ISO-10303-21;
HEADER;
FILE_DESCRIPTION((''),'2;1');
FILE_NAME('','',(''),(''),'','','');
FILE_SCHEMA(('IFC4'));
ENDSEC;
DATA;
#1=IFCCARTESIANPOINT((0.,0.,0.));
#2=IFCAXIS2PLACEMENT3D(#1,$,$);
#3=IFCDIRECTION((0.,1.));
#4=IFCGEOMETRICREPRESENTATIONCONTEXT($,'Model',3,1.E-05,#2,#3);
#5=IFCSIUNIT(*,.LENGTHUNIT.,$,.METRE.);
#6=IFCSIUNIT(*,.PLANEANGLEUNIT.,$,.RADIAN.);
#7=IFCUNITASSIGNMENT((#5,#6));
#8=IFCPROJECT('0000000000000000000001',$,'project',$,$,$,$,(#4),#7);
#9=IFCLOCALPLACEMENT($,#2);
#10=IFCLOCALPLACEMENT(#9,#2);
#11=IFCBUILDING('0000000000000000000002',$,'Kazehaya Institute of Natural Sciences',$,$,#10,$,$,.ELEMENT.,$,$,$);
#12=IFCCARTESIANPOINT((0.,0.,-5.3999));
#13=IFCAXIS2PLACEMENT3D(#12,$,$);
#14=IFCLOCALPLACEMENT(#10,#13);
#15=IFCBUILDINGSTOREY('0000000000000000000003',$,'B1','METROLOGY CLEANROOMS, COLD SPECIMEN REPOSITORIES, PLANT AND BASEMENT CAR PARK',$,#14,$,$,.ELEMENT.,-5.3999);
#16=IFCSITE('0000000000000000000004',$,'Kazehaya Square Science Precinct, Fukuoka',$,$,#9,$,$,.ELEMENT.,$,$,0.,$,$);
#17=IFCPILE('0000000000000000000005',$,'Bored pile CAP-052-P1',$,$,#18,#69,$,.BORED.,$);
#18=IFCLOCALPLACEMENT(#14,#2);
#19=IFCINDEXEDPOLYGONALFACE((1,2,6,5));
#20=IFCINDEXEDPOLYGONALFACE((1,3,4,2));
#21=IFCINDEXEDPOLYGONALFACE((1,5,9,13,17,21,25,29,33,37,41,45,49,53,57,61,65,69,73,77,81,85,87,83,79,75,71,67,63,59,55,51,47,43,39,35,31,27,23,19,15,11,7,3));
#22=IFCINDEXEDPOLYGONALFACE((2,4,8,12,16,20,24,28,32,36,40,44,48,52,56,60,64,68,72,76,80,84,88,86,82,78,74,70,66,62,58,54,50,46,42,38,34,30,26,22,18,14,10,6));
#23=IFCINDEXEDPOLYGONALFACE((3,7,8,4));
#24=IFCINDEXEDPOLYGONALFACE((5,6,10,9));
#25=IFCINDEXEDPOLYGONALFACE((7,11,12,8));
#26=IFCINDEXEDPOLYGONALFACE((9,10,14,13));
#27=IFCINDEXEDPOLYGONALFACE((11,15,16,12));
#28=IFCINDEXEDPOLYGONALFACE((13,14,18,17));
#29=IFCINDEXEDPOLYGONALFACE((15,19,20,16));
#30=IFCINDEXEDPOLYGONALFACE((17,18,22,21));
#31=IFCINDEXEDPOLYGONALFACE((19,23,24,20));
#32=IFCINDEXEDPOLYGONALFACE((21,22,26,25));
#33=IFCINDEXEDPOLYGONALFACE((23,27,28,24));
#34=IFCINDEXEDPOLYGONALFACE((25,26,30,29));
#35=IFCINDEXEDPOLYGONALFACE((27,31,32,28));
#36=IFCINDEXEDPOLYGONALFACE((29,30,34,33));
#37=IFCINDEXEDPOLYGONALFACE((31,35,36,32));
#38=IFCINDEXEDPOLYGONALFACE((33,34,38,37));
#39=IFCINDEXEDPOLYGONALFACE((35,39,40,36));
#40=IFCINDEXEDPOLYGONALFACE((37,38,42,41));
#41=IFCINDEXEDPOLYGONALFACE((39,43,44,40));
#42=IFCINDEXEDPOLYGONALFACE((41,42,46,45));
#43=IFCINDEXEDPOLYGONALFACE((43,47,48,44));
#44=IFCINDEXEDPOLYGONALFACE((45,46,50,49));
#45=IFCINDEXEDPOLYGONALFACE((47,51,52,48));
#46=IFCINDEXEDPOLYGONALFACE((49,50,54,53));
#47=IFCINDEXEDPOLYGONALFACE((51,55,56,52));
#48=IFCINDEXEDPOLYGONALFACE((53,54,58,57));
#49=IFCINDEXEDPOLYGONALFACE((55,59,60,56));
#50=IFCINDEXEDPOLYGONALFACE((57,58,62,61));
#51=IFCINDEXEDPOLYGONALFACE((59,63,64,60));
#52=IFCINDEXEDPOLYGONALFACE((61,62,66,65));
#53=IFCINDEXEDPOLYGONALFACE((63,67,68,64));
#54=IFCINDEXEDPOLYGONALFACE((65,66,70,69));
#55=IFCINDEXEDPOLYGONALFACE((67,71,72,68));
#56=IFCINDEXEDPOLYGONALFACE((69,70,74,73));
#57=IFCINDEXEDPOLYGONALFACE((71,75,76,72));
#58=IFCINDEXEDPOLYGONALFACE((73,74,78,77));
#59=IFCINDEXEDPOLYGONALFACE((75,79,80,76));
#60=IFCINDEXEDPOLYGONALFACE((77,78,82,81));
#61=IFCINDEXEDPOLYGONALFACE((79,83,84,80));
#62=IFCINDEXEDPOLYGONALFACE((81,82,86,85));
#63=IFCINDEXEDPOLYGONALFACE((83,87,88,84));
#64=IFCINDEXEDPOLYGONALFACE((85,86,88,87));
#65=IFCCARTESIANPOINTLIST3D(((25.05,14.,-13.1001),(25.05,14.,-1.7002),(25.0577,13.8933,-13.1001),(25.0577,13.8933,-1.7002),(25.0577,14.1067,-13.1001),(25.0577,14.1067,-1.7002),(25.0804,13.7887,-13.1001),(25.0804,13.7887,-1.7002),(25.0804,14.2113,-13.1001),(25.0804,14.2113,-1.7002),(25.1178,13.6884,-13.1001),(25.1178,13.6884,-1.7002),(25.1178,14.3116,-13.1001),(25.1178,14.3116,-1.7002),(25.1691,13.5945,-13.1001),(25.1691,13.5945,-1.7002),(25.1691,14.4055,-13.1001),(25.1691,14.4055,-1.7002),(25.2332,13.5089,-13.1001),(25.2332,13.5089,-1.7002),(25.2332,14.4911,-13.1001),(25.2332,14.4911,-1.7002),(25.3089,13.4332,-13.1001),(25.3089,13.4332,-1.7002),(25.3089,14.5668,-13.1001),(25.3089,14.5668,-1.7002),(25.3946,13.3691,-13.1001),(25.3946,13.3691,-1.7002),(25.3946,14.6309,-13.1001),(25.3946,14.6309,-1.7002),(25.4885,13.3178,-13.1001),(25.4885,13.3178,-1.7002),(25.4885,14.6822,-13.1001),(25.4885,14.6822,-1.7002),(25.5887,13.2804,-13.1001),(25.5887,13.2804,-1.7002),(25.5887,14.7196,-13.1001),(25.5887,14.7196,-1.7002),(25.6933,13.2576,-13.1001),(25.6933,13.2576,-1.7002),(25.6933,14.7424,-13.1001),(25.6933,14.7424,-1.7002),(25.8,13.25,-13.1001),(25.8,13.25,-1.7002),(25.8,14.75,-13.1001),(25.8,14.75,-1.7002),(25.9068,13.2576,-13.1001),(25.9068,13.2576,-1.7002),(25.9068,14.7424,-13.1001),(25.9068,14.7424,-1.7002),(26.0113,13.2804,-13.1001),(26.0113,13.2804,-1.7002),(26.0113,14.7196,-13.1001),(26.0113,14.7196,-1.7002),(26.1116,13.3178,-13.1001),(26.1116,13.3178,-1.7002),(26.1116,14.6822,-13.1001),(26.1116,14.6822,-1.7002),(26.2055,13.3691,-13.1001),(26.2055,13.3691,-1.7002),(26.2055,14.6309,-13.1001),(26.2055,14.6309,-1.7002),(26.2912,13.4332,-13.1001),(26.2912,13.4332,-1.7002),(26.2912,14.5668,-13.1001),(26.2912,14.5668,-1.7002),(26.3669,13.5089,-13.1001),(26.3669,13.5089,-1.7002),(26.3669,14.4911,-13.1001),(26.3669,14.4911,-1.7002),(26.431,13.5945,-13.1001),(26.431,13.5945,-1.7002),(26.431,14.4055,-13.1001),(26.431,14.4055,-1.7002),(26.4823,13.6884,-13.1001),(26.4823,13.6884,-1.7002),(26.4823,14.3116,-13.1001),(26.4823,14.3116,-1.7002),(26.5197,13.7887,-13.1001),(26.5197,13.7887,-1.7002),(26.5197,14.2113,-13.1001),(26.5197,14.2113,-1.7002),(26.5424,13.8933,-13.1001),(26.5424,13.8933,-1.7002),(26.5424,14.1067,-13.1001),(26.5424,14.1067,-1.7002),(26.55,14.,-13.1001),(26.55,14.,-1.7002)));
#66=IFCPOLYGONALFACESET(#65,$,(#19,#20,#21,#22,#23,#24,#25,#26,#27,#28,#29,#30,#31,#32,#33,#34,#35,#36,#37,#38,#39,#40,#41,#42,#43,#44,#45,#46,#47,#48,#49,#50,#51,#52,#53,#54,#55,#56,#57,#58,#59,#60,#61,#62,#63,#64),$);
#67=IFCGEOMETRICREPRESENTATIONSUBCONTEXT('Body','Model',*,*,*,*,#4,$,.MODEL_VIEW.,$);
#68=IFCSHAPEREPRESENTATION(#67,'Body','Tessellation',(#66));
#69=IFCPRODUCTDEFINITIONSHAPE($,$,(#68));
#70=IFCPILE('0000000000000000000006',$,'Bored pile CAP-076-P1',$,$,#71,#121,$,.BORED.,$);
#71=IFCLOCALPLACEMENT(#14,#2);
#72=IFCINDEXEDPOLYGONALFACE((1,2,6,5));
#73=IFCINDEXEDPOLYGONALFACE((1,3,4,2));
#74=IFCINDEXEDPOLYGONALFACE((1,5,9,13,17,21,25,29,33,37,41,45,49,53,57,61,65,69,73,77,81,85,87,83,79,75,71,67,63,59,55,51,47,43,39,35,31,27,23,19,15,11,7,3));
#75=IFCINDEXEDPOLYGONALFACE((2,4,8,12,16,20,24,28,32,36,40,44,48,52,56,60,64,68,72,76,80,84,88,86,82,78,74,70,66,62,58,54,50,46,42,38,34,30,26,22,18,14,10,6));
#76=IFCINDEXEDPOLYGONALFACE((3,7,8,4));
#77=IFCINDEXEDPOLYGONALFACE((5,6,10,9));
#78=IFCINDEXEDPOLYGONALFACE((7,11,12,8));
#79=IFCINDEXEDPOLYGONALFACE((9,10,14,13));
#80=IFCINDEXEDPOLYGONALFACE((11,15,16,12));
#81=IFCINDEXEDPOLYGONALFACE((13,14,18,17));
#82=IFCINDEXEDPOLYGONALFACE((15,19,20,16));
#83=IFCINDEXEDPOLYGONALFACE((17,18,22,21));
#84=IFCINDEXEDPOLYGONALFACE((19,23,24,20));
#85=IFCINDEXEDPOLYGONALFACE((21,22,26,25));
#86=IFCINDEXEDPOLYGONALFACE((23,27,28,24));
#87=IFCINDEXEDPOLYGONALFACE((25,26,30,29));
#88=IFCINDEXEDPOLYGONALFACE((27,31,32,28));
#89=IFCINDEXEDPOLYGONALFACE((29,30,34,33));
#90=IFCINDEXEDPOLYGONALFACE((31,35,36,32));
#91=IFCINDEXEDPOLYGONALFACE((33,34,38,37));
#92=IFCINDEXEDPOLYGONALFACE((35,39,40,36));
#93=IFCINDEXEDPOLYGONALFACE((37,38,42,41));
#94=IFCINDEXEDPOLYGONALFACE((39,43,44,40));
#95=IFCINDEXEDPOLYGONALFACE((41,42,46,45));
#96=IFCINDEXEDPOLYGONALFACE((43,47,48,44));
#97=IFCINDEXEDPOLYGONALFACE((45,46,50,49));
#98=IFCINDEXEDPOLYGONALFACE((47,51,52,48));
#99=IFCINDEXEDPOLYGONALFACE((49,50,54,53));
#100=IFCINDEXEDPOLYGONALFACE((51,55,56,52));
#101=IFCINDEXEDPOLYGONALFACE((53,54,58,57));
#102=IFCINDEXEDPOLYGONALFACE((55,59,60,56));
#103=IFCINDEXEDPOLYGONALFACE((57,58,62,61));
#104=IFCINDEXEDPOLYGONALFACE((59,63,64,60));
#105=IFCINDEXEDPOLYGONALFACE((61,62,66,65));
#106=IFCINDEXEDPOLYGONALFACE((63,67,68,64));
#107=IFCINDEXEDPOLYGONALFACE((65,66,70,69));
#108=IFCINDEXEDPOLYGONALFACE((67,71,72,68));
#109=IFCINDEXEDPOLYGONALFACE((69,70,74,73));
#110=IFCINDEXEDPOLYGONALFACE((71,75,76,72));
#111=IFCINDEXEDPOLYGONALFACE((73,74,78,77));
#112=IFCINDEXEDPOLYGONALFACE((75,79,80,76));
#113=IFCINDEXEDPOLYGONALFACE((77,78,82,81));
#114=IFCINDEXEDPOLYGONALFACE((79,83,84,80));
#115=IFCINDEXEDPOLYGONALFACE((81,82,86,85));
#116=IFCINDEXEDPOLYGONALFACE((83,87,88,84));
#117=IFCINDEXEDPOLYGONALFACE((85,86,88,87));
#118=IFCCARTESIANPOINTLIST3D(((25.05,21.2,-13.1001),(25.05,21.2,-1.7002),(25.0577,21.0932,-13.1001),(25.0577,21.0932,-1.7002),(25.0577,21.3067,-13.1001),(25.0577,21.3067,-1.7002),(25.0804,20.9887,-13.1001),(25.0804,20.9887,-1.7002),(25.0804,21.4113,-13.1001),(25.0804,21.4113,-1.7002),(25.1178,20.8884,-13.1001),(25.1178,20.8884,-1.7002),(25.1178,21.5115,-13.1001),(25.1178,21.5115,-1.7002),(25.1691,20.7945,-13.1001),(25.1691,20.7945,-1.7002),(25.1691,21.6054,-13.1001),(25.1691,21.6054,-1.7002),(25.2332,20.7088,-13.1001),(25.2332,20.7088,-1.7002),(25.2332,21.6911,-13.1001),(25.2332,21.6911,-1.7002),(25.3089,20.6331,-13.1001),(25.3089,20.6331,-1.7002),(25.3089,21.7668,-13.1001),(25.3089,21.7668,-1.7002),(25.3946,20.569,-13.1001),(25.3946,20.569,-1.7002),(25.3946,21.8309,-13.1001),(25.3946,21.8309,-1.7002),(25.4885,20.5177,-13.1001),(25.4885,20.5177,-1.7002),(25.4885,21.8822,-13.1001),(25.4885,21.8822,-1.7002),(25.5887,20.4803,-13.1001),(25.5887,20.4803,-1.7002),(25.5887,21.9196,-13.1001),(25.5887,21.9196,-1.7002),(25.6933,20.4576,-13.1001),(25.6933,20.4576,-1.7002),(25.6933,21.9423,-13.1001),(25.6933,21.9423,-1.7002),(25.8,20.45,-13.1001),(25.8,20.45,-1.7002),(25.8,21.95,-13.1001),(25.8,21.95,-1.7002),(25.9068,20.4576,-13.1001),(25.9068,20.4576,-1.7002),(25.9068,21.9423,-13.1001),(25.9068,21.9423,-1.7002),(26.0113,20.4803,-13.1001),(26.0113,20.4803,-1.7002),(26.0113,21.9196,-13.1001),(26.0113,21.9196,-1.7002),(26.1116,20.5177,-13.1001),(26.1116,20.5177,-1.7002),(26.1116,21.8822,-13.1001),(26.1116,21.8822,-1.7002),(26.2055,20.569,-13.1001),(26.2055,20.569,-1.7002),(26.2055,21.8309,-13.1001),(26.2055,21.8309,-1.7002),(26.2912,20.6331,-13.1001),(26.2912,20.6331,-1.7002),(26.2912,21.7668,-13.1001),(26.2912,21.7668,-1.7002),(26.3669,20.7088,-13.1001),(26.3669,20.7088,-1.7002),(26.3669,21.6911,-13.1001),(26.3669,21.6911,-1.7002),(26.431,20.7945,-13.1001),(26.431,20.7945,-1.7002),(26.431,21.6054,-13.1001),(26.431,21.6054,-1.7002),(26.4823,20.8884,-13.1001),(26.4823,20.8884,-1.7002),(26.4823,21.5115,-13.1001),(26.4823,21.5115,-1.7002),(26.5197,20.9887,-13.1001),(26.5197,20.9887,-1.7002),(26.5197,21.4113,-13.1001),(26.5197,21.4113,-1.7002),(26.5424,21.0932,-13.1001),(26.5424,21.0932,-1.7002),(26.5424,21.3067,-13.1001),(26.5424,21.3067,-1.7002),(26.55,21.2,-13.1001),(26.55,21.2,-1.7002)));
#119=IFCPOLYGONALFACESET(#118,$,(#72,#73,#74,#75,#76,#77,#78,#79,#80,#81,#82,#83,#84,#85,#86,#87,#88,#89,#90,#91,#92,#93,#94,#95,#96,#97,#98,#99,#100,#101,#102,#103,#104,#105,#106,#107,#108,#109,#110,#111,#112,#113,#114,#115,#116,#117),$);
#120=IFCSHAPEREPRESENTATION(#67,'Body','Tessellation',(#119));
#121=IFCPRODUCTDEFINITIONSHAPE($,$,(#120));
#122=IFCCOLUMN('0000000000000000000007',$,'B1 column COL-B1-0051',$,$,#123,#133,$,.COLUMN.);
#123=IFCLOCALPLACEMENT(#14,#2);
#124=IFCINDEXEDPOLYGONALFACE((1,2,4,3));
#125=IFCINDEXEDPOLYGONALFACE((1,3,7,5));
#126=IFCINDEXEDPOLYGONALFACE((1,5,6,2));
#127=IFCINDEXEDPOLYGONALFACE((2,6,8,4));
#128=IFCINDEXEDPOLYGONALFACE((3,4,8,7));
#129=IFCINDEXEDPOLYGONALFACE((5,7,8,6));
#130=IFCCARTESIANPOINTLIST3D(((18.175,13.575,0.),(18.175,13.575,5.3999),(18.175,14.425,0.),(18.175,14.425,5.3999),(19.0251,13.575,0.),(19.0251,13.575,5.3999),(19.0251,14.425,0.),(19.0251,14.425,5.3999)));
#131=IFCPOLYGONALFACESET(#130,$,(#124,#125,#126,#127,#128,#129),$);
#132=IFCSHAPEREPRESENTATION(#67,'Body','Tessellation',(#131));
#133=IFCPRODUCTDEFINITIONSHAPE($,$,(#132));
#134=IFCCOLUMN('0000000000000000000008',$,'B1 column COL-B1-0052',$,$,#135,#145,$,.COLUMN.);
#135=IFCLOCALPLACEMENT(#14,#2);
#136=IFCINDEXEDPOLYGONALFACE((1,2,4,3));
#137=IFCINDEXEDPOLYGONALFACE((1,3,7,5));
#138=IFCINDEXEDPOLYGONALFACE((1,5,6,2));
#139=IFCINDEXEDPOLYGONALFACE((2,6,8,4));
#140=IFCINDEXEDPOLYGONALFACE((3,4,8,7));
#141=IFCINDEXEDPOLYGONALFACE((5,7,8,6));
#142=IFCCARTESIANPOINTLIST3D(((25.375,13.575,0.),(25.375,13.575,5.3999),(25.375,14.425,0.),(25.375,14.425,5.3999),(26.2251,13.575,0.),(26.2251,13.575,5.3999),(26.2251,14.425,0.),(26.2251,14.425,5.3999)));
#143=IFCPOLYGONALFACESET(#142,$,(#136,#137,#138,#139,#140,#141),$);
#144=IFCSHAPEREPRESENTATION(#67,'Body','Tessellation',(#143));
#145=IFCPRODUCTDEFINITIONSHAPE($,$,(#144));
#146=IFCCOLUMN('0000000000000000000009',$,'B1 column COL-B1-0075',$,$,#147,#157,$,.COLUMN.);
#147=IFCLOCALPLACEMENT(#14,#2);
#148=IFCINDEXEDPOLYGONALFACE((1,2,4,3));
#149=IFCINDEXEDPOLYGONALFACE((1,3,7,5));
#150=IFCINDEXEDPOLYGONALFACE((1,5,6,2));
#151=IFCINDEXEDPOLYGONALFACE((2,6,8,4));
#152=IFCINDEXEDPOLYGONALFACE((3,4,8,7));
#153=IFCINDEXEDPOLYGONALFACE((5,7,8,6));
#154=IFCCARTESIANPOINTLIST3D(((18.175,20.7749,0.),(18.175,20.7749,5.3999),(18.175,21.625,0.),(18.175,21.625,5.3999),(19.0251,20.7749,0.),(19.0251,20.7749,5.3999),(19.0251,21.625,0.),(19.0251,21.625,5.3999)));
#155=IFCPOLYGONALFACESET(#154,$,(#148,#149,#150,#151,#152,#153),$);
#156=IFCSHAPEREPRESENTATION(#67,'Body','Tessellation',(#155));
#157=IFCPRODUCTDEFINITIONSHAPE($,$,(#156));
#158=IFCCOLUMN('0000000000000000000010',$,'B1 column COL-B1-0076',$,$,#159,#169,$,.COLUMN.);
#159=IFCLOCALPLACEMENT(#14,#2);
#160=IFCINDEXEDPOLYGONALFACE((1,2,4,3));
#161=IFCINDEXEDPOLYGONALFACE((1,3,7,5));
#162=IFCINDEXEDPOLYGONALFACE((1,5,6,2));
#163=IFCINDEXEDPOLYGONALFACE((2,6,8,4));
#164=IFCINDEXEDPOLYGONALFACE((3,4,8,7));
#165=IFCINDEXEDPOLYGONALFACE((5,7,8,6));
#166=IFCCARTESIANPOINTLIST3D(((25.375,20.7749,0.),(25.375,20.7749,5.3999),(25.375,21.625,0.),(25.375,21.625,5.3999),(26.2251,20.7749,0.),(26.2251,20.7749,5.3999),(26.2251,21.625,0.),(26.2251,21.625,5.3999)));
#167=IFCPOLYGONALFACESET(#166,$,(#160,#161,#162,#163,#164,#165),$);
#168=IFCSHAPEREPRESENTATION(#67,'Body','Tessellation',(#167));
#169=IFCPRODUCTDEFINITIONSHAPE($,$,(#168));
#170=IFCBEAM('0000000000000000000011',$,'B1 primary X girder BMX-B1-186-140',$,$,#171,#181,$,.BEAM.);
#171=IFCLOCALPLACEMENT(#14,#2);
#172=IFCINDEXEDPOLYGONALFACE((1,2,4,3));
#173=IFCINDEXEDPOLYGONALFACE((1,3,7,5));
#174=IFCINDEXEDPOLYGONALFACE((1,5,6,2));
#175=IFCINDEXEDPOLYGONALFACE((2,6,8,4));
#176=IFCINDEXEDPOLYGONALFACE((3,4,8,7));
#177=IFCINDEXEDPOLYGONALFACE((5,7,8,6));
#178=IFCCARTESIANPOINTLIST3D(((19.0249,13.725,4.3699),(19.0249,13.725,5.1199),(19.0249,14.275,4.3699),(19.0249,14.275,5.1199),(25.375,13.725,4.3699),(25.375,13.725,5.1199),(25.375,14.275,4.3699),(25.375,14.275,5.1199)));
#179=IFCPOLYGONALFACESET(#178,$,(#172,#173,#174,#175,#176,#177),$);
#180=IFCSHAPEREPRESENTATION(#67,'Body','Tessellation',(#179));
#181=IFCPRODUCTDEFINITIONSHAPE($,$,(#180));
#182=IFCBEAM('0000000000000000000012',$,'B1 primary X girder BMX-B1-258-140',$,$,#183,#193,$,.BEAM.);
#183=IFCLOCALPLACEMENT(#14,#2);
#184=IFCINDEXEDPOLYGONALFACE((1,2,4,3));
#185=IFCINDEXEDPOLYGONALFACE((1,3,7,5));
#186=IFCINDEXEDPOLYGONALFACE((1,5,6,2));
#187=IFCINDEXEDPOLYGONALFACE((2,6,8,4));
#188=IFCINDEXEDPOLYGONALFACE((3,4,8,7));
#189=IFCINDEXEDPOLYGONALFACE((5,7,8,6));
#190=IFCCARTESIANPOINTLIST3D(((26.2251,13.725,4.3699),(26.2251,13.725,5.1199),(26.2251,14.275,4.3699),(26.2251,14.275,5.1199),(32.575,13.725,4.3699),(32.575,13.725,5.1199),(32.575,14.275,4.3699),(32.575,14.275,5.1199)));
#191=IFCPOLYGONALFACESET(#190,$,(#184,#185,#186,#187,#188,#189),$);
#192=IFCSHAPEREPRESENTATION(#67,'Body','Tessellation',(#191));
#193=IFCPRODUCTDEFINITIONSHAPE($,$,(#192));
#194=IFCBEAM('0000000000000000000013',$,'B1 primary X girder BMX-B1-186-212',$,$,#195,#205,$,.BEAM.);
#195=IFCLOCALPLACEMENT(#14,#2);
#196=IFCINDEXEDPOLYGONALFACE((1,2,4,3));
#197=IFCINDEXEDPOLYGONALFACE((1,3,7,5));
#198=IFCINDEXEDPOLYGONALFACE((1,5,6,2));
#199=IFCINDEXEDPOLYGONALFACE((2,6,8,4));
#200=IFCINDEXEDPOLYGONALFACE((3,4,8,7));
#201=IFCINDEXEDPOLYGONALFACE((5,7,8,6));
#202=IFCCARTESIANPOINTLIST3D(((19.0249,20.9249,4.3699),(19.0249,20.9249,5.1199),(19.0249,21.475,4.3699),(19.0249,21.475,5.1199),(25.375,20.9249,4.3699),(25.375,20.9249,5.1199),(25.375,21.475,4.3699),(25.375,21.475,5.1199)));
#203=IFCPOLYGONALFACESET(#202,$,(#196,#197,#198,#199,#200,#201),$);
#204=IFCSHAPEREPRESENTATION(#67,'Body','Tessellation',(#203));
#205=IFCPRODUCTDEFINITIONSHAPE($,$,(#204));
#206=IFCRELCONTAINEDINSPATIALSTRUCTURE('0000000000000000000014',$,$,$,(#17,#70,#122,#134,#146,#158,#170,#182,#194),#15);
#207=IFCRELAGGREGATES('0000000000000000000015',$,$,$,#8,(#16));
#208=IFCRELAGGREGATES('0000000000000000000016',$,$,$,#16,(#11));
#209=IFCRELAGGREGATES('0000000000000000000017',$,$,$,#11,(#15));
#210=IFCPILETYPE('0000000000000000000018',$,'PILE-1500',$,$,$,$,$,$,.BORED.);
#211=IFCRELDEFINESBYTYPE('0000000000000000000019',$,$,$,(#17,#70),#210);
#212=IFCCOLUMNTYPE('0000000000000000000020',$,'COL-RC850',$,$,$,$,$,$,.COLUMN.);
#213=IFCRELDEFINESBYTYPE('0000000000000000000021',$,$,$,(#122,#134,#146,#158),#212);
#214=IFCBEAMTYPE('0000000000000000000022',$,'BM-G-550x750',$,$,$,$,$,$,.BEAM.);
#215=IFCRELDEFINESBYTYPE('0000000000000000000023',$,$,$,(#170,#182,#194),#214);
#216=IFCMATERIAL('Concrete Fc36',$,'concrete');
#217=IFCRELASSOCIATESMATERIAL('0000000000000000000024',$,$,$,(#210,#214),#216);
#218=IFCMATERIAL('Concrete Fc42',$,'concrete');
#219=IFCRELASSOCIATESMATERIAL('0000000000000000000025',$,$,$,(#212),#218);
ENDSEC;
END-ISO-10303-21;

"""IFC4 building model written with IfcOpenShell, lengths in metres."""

from ifc_helpers import new_model, si_unit, direction, frame, origin, origin_2d, place, context, subcontext, project, spatial, rectangle, circle, extrude, material, material_profile, profile_set, type_object, element, save


model = new_model("IFC4")

# Units and contexts
model_context = context("Model", 3, precision=1e-05, world=origin(), true_north=direction((0.0, 1.0)))
body_context = subcontext(model_context, "Body", "Model", "MODEL_VIEW")
ifc_project = project(units=[si_unit("LENGTHUNIT", "METRE"), si_unit("PLANEANGLEUNIT", "RADIAN")], contexts=[model_context])

# Site, building, storey
site_placement = place(None, origin())
site = spatial("IfcSite", under=ifc_project, at=site_placement, Name="Kazehaya Square Science Precinct, Fukuoka", CompositionType="ELEMENT", RefElevation=0.0)
building_placement = place(site_placement, origin())
building = spatial("IfcBuilding", under=site, at=building_placement, Name="Kazehaya Institute of Natural Sciences", CompositionType="ELEMENT")
storey_placement = place(building_placement, frame((0.0, 0.0, -5.3999)))
storey = spatial("IfcBuildingStorey", under=building, at=storey_placement, Name="B1", Description="METROLOGY CLEANROOMS, COLD SPECIMEN REPOSITORIES, PLANT AND BASEMENT CAR PARK", CompositionType="ELEMENT", Elevation=-5.3999)

# Shared definitions
ifc_material_1 = material(Name="Concrete Fc36", Category="concrete")

# Piles
ifc_material_profile_1 = material_profile(ifc_material_1, circle(Radius=0.75, at=origin_2d()), Name="PILE-1500")
ifc_profile_set_1 = profile_set([ifc_material_profile_1], Name="Concrete Fc36")
pile_type_1 = type_object("IfcPileType", Name="PILE-1500", PredefinedType="BORED", material=ifc_profile_set_1)
for number, where, z_axis, x_axis, name in (
    (1, (25.8, 14.0, -1.7002), (0.0, 0.0, -1.0), (1.0, 0.0, 0.0), "Bored pile CAP-052-P1"),
    (2, (25.8, 21.2, -1.7002), (0.0, 0.0, -1.0), (1.0, 0.0, 0.0), "Bored pile CAP-076-P1"),
):
    element("IfcPile", number, at=place(storey_placement, frame(where, z_axis=z_axis, x_axis=x_axis)), inside=storey, type_object=pile_type_1, Name=name, PredefinedType="BORED", context=body_context, shape_type="SweptSolid", body=[
        extrude(circle(Radius=0.75, at=origin_2d()), origin(), (0.0, 0.0, 1.0), 11.3999),
    ])

# Columns
ifc_material_2 = material(Name="Concrete Fc42", Category="concrete")
ifc_material_profile_2 = material_profile(ifc_material_2, rectangle(XDim=0.8501, YDim=0.8501, at=origin_2d()), Name="RC-850x850")
ifc_profile_set_2 = profile_set([ifc_material_profile_2], Name="Concrete Fc42")
column_type = type_object("IfcColumnType", Name="COL-RC850", PredefinedType="COLUMN", material=ifc_profile_set_2)
for number, where, z_axis, x_axis, name in (
    (3, (18.6001, 14.0, 0.0), (0.0, 0.0, 1.0), (1.0, 0.0, 0.0), "B1 column COL-B1-0051"),
    (4, (25.8, 14.0, 0.0), (0.0, 0.0, 1.0), (1.0, 0.0, 0.0), "B1 column COL-B1-0052"),
    (5, (18.6001, 21.2, 0.0), (0.0, 0.0, 1.0), (1.0, 0.0, 0.0), "B1 column COL-B1-0075"),
    (6, (25.8, 21.2, 0.0), (0.0, 0.0, 1.0), (1.0, 0.0, 0.0), "B1 column COL-B1-0076"),
):
    element("IfcColumn", number, at=place(storey_placement, frame(where, z_axis=z_axis, x_axis=x_axis)), inside=storey, type_object=column_type, Name=name, PredefinedType="COLUMN", context=body_context, shape_type="SweptSolid", body=[
        extrude(rectangle(XDim=0.8501, YDim=0.8501, at=origin_2d()), origin(), (0.0, 0.0, 1.0), 5.3999),
    ])

# Beams
ifc_material_profile_3 = material_profile(ifc_material_1, rectangle(XDim=0.55, YDim=0.75, at=origin_2d()), Name="RC-550x750")
ifc_profile_set_3 = profile_set([ifc_material_profile_3], Name="Concrete Fc36")
beam_type = type_object("IfcBeamType", Name="BM-G-550x750", PredefinedType="BEAM", material=ifc_profile_set_3)
beam_1_placement = place(storey_placement, frame((19.0249, 14.0, 4.7449), z_axis=(1.0, 0.0, 0.0), x_axis=(0.0, 1.0, 0.0)))
element("IfcBeam", 7, at=beam_1_placement, inside=storey, type_object=beam_type, Name="B1 primary X girder BMX-B1-186-140", PredefinedType="BEAM", context=body_context, shape_type="SweptSolid", body=[
    extrude(rectangle(XDim=0.55, YDim=0.75, at=origin_2d()), origin(), (0.0, 0.0, 1.0), 6.3501),
])
beam_2_placement = place(storey_placement, frame((26.2251, 14.0, 4.7449), z_axis=(1.0, 0.0, 0.0), x_axis=(0.0, 1.0, 0.0)))
element("IfcBeam", 8, at=beam_2_placement, inside=storey, type_object=beam_type, Name="B1 primary X girder BMX-B1-258-140", PredefinedType="BEAM", context=body_context, shape_type="SweptSolid", body=[
    extrude(rectangle(XDim=0.55, YDim=0.75, at=origin_2d()), origin(), (0.0, 0.0, 1.0), 6.3499),
])
beam_3_placement = place(storey_placement, frame((19.0249, 21.2, 4.7449), z_axis=(1.0, 0.0, 0.0), x_axis=(0.0, 1.0, 0.0)))
element("IfcBeam", 9, at=beam_3_placement, inside=storey, type_object=beam_type, Name="B1 primary X girder BMX-B1-186-212", PredefinedType="BEAM", context=body_context, shape_type="SweptSolid", body=[
    extrude(rectangle(XDim=0.55, YDim=0.75, at=origin_2d()), origin(), (0.0, 0.0, 1.0), 6.3501),
])

save(model, "model.ifc")
